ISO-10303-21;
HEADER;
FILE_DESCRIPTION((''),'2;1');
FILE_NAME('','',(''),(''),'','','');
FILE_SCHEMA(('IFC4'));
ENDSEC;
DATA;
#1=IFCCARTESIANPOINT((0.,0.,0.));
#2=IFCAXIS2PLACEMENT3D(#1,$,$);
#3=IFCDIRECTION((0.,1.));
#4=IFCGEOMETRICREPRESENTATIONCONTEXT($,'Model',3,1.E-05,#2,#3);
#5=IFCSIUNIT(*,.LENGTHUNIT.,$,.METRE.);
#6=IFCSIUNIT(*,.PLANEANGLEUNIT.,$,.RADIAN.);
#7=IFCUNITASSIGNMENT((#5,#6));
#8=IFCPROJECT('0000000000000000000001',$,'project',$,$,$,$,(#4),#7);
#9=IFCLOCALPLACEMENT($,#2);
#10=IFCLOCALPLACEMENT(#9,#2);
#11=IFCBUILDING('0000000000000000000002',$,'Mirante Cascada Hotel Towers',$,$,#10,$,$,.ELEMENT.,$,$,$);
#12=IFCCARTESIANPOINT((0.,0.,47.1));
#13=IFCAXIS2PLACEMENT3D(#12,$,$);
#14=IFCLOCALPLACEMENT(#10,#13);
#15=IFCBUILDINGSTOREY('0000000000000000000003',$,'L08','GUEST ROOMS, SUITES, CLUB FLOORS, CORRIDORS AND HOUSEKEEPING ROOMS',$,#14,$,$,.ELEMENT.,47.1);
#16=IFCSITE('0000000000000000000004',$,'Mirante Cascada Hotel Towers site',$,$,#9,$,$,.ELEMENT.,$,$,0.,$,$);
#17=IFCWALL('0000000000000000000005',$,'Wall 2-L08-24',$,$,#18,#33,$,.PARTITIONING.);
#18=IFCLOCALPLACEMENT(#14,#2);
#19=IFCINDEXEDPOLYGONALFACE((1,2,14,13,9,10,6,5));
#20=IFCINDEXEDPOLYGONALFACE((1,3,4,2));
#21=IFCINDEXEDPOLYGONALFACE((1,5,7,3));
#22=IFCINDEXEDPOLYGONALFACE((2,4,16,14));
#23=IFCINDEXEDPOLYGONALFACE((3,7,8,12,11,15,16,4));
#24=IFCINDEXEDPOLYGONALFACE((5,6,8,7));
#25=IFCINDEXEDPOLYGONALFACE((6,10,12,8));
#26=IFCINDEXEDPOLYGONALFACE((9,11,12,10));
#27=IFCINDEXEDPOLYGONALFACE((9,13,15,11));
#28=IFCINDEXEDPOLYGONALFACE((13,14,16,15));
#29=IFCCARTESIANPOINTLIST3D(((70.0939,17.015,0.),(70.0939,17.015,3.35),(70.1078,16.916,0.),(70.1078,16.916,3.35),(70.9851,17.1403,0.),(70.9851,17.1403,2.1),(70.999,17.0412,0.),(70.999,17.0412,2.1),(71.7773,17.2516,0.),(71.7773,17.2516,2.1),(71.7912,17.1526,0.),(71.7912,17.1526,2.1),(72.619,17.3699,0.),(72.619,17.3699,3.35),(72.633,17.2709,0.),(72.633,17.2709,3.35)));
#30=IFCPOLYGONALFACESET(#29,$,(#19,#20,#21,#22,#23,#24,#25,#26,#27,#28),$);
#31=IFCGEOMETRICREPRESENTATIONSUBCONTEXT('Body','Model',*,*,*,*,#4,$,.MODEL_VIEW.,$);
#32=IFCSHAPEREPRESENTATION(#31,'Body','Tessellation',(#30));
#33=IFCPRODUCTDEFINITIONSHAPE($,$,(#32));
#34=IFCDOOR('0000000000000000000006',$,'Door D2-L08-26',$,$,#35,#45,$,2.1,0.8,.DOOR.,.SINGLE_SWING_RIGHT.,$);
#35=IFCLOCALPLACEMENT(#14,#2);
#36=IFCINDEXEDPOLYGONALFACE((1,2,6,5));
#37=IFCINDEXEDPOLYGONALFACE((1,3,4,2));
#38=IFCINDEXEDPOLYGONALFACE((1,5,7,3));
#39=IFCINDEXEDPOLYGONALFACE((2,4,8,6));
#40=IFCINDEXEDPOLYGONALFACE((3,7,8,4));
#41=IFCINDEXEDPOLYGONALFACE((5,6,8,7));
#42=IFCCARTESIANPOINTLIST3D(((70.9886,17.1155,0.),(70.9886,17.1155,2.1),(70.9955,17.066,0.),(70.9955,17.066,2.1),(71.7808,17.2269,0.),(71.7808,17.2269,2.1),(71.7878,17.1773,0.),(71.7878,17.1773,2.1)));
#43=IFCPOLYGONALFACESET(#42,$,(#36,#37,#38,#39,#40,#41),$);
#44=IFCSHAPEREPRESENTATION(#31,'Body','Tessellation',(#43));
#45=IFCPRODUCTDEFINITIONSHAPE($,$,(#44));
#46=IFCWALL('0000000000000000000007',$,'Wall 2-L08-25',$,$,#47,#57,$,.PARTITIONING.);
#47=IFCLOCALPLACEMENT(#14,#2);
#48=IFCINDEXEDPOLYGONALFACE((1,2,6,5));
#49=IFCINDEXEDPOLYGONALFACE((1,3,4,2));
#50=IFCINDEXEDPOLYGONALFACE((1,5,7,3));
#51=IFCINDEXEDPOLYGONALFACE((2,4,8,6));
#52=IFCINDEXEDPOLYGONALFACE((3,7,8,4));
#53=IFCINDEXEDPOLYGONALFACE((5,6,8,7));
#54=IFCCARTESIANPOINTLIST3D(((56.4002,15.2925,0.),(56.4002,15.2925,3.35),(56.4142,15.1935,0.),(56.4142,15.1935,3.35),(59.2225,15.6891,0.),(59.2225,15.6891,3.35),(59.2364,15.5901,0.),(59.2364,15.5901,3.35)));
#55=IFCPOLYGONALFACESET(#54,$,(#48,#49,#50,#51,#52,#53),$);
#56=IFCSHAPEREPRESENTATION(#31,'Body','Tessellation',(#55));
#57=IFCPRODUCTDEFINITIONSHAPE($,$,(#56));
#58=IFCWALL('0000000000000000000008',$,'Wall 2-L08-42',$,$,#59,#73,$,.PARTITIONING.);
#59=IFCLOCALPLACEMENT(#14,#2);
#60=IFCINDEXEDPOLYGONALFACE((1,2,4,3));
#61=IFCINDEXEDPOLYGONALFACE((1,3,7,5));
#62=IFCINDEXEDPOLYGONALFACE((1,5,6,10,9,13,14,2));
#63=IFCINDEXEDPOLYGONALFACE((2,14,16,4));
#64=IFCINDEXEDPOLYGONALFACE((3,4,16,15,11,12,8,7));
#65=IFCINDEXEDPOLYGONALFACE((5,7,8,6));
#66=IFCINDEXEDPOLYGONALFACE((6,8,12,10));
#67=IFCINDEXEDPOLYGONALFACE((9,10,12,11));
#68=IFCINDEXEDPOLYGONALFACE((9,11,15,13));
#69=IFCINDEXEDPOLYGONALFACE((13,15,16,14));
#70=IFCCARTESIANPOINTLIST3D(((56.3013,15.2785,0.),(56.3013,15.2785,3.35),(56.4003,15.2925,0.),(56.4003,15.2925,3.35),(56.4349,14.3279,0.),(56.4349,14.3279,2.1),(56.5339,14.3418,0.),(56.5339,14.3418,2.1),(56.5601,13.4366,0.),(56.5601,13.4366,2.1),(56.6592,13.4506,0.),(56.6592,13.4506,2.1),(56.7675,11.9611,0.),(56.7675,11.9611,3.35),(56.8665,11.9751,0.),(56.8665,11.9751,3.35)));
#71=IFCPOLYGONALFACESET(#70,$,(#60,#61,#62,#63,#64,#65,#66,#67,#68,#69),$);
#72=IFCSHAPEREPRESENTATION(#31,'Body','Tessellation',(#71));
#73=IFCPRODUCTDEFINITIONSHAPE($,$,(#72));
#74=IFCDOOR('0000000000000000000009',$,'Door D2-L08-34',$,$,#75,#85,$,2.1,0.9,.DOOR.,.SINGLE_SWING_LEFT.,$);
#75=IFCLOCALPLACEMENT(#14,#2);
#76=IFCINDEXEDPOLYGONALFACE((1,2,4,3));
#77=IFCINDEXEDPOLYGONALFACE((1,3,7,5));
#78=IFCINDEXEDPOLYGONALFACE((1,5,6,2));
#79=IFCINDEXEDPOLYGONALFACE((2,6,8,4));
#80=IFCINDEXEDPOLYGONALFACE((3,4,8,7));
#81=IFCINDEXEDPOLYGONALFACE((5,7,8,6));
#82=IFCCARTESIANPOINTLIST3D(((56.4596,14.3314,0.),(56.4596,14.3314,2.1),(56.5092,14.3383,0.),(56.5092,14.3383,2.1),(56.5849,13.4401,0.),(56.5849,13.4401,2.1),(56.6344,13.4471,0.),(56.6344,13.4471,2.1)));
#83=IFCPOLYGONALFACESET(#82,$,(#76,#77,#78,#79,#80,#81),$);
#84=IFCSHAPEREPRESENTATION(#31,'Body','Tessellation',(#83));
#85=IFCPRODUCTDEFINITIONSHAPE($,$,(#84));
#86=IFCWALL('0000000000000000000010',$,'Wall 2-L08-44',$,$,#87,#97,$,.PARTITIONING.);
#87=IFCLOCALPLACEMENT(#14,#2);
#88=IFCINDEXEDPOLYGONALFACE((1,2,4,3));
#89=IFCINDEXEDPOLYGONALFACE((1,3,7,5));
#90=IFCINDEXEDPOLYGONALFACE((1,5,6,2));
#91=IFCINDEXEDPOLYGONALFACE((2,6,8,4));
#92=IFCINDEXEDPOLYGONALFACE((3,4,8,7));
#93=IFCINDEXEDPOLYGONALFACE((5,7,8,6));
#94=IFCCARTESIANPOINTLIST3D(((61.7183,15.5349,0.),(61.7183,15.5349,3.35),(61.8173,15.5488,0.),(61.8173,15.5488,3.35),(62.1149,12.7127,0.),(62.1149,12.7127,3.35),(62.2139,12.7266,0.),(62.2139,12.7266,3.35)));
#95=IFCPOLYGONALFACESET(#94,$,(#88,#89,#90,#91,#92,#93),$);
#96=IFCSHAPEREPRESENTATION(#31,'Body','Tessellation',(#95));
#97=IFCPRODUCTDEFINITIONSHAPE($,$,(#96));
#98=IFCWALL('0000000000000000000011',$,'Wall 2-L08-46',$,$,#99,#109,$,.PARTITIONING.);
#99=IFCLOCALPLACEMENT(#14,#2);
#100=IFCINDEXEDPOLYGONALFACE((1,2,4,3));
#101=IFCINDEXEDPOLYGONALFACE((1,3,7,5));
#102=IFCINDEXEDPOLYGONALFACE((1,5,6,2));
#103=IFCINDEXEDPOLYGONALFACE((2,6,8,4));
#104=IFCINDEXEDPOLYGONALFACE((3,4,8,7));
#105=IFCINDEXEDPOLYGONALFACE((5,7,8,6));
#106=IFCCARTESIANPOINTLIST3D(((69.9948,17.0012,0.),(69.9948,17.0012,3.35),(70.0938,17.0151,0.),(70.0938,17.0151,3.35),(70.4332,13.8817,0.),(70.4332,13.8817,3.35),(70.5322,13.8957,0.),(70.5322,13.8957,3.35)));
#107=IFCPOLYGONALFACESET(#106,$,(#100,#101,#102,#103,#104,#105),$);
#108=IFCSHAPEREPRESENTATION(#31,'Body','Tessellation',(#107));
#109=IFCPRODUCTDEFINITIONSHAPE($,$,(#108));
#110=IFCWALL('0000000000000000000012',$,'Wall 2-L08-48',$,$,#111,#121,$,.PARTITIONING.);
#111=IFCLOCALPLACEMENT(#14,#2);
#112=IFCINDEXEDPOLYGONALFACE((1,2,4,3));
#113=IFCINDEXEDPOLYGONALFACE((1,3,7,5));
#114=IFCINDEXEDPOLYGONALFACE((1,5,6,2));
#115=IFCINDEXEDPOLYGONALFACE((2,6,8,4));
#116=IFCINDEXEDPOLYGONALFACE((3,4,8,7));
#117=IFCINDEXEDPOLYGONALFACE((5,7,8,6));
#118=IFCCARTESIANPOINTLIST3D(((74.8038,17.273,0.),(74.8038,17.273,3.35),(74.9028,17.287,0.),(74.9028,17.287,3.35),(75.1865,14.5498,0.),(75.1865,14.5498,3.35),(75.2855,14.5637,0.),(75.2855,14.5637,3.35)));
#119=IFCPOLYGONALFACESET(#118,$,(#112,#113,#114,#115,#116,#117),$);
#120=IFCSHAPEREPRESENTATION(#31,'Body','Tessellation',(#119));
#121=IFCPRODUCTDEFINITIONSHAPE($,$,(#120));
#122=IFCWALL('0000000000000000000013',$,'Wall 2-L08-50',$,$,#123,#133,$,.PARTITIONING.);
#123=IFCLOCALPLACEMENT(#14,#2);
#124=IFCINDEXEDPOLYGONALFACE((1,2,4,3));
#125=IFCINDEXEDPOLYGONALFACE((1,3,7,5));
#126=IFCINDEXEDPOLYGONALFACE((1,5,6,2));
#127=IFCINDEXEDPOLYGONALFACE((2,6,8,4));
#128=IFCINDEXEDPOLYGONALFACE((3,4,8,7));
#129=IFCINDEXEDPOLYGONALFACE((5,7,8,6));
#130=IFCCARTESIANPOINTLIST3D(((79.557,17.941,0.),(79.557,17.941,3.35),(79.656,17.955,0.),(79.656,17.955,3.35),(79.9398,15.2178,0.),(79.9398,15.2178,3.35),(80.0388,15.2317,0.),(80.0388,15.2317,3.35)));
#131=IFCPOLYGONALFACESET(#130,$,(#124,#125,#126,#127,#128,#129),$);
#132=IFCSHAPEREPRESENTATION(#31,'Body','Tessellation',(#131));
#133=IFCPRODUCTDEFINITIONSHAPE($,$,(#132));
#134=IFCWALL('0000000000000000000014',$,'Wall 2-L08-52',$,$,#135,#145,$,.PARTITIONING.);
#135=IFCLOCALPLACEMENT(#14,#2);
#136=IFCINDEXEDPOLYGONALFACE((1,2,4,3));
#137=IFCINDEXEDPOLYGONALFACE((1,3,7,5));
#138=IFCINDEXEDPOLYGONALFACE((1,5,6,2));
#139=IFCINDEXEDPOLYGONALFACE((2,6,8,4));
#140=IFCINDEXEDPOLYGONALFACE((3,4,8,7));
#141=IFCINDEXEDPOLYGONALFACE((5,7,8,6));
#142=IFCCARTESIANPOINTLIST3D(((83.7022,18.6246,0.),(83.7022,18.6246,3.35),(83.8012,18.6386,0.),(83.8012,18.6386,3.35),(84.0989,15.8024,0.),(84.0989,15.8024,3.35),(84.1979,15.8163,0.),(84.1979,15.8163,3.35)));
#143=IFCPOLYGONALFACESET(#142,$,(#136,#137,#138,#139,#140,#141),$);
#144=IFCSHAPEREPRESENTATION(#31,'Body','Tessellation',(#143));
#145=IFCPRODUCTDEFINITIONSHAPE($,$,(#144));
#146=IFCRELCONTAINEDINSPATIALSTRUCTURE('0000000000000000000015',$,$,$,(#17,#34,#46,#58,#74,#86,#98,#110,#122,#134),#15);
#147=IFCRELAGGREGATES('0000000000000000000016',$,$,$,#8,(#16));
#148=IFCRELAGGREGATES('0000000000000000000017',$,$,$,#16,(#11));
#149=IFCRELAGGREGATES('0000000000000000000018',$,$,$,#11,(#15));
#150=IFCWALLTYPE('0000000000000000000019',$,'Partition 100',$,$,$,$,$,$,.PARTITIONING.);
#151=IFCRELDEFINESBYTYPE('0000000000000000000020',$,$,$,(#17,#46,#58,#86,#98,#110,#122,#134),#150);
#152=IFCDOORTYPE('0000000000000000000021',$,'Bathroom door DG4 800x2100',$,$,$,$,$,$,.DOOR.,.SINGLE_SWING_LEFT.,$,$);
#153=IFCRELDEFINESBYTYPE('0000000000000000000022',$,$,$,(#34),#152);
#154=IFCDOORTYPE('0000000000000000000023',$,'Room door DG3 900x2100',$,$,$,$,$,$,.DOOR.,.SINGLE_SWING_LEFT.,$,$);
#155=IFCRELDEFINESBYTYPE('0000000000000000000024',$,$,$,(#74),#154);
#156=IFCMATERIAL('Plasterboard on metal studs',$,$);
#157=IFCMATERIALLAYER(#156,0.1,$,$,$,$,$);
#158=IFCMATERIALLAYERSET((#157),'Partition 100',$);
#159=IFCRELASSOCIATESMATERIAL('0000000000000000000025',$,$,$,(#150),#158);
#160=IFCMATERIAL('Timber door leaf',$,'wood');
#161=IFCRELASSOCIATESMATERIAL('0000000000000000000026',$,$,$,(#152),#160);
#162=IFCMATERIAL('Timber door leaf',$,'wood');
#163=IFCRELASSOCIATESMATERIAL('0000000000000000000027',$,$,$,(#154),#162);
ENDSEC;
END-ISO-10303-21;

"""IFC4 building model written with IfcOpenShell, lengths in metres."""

from ifc_helpers import new_model, si_unit, direction, frame, frame_2d, origin, place, context, subcontext, project, spatial, rectangle, extrude, material, layer, layer_set, type_object, element, fill, save


model = new_model("IFC4")

# Units and contexts
model_context = context("Model", 3, precision=1e-05, world=origin(), true_north=direction((0.0, 1.0)))
body_context = subcontext(model_context, "Body", "Model", "MODEL_VIEW")
ifc_project = project(units=[si_unit("LENGTHUNIT", "METRE"), si_unit("PLANEANGLEUNIT", "RADIAN")], contexts=[model_context])

# Site, building, storey
site_placement = place(None, origin())
site = spatial("IfcSite", under=ifc_project, at=site_placement, Name="Mirante Cascada Hotel Towers site", CompositionType="ELEMENT", RefElevation=0.0)
building_placement = place(site_placement, origin())
building = spatial("IfcBuilding", under=site, at=building_placement, Name="Mirante Cascada Hotel Towers", CompositionType="ELEMENT")
storey_placement = place(building_placement, frame((0.0, 0.0, 47.1)))
storey = spatial("IfcBuildingStorey", under=building, at=storey_placement, Name="L08", Description="GUEST ROOMS, SUITES, CLUB FLOORS, CORRIDORS AND HOUSEKEEPING ROOMS", CompositionType="ELEMENT", Elevation=47.1)

# Shared definitions
ifc_material_1 = material(Name="Plasterboard on metal studs")
ifc_layer_1 = layer(ifc_material_1, 0.1)
ifc_layer_set_1 = layer_set([ifc_layer_1], Name="Partition 100")
wall_type_1 = type_object("IfcWallType", Name="Partition 100", PredefinedType="PARTITIONING", material=ifc_layer_set_1)
ifc_material_2 = material(Name="Timber door leaf", Category="wood")
door_type_1 = type_object("IfcDoorType", Name="Bathroom door DG4 800x2100", OperationType="SINGLE_SWING_LEFT", PredefinedType="DOOR", material=ifc_material_2)

# Wall, opening, door
wall_1_placement = place(storey_placement, frame((72.626, 17.3204, 0.0), z_axis=(0.0, 0.0, 1.0), x_axis=(-0.990268, -0.139176, 0.0)))
wall_1 = element("IfcWall", 1, at=wall_1_placement, inside=storey, type_object=wall_type_1, Name="Wall 2-L08-24", PredefinedType="PARTITIONING", context=body_context, shape_type="SweptSolid", body=[
    extrude(rectangle(XDim=2.55, YDim=0.1, at=frame_2d((1.275, 0.0))), origin(), (0.0, 0.0, 1.0), 3.35),
])
opening_1_placement = place(wall_1_placement, frame((0.85, 0.0, 0.0)))
opening_1 = element("IfcOpeningElement", 2, at=opening_1_placement, cuts=wall_1, PredefinedType="OPENING", context=body_context, shape_type="SweptSolid", body=[
    extrude(rectangle(XDim=0.8, YDim=2.1, at=frame_2d((0.4, 1.05))), frame((0.0, 0.05, 0.0), z_axis=(0.0, -1.0, 0.0), x_axis=(1.0, 0.0, 0.0)), (0.0, 0.0, 1.0), 0.1),
])
door_1_placement = place(opening_1_placement, frame((0.8, 0.0, 0.0), z_axis=(0.0, 0.0, 1.0), x_axis=(-1.0, 0.0, 0.0)))
door_1 = element("IfcDoor", 3, at=door_1_placement, inside=storey, type_object=door_type_1, Name="Door D2-L08-26", OperationType="SINGLE_SWING_RIGHT", OverallHeight=2.1, OverallWidth=0.8, PredefinedType="DOOR", context=body_context, shape_type="SweptSolid", body=[
    extrude(rectangle(XDim=0.8, YDim=2.1, at=frame_2d((0.4, 1.05))), frame((0.0, 0.025, 0.0), z_axis=(0.0, -1.0, 0.0), x_axis=(1.0, 0.0, 0.0)), (0.0, 0.0, 1.0), 0.05),
])
fill(opening_1, door_1)

# Wall
wall_2_placement = place(storey_placement, frame((56.4072, 15.243, 0.0), z_axis=(0.0, 0.0, 1.0), x_axis=(0.99027, 0.139156, 0.0)))
element("IfcWall", 4, at=wall_2_placement, inside=storey, type_object=wall_type_1, Name="Wall 2-L08-25", PredefinedType="PARTITIONING", context=body_context, shape_type="SweptSolid", body=[
    extrude(rectangle(XDim=2.85, YDim=0.1, at=frame_2d((1.425, 0.0))), origin(), (0.0, 0.0, 1.0), 3.35),
])

# Wall, opening, door
wall_3_placement = place(storey_placement, frame((56.3508, 15.2855, 0.0), z_axis=(0.0, 0.0, 1.0), x_axis=(0.139164, -0.990269, 0.0)))
wall_3 = element("IfcWall", 5, at=wall_3_placement, inside=storey, type_object=wall_type_1, Name="Wall 2-L08-42", PredefinedType="PARTITIONING", context=body_context, shape_type="SweptSolid", body=[
    extrude(rectangle(XDim=3.35, YDim=0.1, at=frame_2d((1.675, 0.0))), origin(), (0.0, 0.0, 1.0), 3.35),
])
opening_2_placement = place(wall_3_placement, frame((0.96, 0.0, 0.0)))
opening_2 = element("IfcOpeningElement", 6, at=opening_2_placement, cuts=wall_3, PredefinedType="OPENING", context=body_context, shape_type="SweptSolid", body=[
    extrude(rectangle(XDim=0.9, YDim=2.1, at=frame_2d((0.45, 1.05))), frame((0.0, 0.05, 0.0), z_axis=(0.0, -1.0, 0.0), x_axis=(1.0, 0.0, 0.0)), (0.0, 0.0, 1.0), 0.1),
])
ifc_material_3 = material(Name="Timber door leaf", Category="wood")
door_type_2 = type_object("IfcDoorType", Name="Room door DG3 900x2100", OperationType="SINGLE_SWING_LEFT", PredefinedType="DOOR", material=ifc_material_3)
door_2_placement = place(opening_2_placement, origin())
door_2 = element("IfcDoor", 7, at=door_2_placement, inside=storey, type_object=door_type_2, Name="Door D2-L08-34", OperationType="SINGLE_SWING_LEFT", OverallHeight=2.1, OverallWidth=0.9, PredefinedType="DOOR", context=body_context, shape_type="SweptSolid", body=[
    extrude(rectangle(XDim=0.9, YDim=2.1, at=frame_2d((0.45, 1.05))), frame((0.0, 0.025, 0.0), z_axis=(0.0, -1.0, 0.0), x_axis=(1.0, 0.0, 0.0)), (0.0, 0.0, 1.0), 0.05),
])
fill(opening_2, door_2)

# Walls
wall_4_placement = place(storey_placement, frame((61.7678, 15.5419, 0.0), z_axis=(0.0, 0.0, 1.0), x_axis=(0.139161, -0.99027, 0.0)))
element("IfcWall", 8, at=wall_4_placement, inside=storey, type_object=wall_type_1, Name="Wall 2-L08-44", PredefinedType="PARTITIONING", context=body_context, shape_type="SweptSolid", body=[
    extrude(rectangle(XDim=2.8499, YDim=0.1, at=frame_2d((1.425, 0.0))), origin(), (0.0, 0.0, 1.0), 3.35),
])
wall_5_placement = place(storey_placement, frame((70.0443, 17.0081, 0.0), z_axis=(0.0, 0.0, 1.0), x_axis=(0.139172, -0.990268, 0.0)))
element("IfcWall", 9, at=wall_5_placement, inside=storey, type_object=wall_type_1, Name="Wall 2-L08-46", PredefinedType="PARTITIONING", context=body_context, shape_type="SweptSolid", body=[
    extrude(rectangle(XDim=3.1501, YDim=0.1, at=frame_2d((1.575, 0.0))), origin(), (0.0, 0.0, 1.0), 3.35),
])
for number, where, z_axis, x_axis, name in (
    (10, (74.8533, 17.28, 0.0), (0.0, 0.0, 1.0), (0.139166, -0.990269, 0.0), "Wall 2-L08-48"),
    (11, (79.6065, 17.948, 0.0), (0.0, 0.0, 1.0), (0.139201, -0.990264, 0.0), "Wall 2-L08-50"),
):
    element("IfcWall", number, at=place(storey_placement, frame(where, z_axis=z_axis, x_axis=x_axis)), inside=storey, type_object=wall_type_1, Name=name, PredefinedType="PARTITIONING", context=body_context, shape_type="SweptSolid", body=[
        extrude(rectangle(XDim=2.75, YDim=0.1, at=frame_2d((1.375, 0.0))), origin(), (0.0, 0.0, 1.0), 3.35),
    ])
wall_6_placement = place(storey_placement, frame((83.7517, 18.6316, 0.0), z_axis=(0.0, 0.0, 1.0), x_axis=(0.139191, -0.990266, 0.0)))
element("IfcWall", 12, at=wall_6_placement, inside=storey, type_object=wall_type_1, Name="Wall 2-L08-52", PredefinedType="PARTITIONING", context=body_context, shape_type="SweptSolid", body=[
    extrude(rectangle(XDim=2.85, YDim=0.1, at=frame_2d((1.425, 0.0))), origin(), (0.0, 0.0, 1.0), 3.35),
])

save(model, "model.ifc")
